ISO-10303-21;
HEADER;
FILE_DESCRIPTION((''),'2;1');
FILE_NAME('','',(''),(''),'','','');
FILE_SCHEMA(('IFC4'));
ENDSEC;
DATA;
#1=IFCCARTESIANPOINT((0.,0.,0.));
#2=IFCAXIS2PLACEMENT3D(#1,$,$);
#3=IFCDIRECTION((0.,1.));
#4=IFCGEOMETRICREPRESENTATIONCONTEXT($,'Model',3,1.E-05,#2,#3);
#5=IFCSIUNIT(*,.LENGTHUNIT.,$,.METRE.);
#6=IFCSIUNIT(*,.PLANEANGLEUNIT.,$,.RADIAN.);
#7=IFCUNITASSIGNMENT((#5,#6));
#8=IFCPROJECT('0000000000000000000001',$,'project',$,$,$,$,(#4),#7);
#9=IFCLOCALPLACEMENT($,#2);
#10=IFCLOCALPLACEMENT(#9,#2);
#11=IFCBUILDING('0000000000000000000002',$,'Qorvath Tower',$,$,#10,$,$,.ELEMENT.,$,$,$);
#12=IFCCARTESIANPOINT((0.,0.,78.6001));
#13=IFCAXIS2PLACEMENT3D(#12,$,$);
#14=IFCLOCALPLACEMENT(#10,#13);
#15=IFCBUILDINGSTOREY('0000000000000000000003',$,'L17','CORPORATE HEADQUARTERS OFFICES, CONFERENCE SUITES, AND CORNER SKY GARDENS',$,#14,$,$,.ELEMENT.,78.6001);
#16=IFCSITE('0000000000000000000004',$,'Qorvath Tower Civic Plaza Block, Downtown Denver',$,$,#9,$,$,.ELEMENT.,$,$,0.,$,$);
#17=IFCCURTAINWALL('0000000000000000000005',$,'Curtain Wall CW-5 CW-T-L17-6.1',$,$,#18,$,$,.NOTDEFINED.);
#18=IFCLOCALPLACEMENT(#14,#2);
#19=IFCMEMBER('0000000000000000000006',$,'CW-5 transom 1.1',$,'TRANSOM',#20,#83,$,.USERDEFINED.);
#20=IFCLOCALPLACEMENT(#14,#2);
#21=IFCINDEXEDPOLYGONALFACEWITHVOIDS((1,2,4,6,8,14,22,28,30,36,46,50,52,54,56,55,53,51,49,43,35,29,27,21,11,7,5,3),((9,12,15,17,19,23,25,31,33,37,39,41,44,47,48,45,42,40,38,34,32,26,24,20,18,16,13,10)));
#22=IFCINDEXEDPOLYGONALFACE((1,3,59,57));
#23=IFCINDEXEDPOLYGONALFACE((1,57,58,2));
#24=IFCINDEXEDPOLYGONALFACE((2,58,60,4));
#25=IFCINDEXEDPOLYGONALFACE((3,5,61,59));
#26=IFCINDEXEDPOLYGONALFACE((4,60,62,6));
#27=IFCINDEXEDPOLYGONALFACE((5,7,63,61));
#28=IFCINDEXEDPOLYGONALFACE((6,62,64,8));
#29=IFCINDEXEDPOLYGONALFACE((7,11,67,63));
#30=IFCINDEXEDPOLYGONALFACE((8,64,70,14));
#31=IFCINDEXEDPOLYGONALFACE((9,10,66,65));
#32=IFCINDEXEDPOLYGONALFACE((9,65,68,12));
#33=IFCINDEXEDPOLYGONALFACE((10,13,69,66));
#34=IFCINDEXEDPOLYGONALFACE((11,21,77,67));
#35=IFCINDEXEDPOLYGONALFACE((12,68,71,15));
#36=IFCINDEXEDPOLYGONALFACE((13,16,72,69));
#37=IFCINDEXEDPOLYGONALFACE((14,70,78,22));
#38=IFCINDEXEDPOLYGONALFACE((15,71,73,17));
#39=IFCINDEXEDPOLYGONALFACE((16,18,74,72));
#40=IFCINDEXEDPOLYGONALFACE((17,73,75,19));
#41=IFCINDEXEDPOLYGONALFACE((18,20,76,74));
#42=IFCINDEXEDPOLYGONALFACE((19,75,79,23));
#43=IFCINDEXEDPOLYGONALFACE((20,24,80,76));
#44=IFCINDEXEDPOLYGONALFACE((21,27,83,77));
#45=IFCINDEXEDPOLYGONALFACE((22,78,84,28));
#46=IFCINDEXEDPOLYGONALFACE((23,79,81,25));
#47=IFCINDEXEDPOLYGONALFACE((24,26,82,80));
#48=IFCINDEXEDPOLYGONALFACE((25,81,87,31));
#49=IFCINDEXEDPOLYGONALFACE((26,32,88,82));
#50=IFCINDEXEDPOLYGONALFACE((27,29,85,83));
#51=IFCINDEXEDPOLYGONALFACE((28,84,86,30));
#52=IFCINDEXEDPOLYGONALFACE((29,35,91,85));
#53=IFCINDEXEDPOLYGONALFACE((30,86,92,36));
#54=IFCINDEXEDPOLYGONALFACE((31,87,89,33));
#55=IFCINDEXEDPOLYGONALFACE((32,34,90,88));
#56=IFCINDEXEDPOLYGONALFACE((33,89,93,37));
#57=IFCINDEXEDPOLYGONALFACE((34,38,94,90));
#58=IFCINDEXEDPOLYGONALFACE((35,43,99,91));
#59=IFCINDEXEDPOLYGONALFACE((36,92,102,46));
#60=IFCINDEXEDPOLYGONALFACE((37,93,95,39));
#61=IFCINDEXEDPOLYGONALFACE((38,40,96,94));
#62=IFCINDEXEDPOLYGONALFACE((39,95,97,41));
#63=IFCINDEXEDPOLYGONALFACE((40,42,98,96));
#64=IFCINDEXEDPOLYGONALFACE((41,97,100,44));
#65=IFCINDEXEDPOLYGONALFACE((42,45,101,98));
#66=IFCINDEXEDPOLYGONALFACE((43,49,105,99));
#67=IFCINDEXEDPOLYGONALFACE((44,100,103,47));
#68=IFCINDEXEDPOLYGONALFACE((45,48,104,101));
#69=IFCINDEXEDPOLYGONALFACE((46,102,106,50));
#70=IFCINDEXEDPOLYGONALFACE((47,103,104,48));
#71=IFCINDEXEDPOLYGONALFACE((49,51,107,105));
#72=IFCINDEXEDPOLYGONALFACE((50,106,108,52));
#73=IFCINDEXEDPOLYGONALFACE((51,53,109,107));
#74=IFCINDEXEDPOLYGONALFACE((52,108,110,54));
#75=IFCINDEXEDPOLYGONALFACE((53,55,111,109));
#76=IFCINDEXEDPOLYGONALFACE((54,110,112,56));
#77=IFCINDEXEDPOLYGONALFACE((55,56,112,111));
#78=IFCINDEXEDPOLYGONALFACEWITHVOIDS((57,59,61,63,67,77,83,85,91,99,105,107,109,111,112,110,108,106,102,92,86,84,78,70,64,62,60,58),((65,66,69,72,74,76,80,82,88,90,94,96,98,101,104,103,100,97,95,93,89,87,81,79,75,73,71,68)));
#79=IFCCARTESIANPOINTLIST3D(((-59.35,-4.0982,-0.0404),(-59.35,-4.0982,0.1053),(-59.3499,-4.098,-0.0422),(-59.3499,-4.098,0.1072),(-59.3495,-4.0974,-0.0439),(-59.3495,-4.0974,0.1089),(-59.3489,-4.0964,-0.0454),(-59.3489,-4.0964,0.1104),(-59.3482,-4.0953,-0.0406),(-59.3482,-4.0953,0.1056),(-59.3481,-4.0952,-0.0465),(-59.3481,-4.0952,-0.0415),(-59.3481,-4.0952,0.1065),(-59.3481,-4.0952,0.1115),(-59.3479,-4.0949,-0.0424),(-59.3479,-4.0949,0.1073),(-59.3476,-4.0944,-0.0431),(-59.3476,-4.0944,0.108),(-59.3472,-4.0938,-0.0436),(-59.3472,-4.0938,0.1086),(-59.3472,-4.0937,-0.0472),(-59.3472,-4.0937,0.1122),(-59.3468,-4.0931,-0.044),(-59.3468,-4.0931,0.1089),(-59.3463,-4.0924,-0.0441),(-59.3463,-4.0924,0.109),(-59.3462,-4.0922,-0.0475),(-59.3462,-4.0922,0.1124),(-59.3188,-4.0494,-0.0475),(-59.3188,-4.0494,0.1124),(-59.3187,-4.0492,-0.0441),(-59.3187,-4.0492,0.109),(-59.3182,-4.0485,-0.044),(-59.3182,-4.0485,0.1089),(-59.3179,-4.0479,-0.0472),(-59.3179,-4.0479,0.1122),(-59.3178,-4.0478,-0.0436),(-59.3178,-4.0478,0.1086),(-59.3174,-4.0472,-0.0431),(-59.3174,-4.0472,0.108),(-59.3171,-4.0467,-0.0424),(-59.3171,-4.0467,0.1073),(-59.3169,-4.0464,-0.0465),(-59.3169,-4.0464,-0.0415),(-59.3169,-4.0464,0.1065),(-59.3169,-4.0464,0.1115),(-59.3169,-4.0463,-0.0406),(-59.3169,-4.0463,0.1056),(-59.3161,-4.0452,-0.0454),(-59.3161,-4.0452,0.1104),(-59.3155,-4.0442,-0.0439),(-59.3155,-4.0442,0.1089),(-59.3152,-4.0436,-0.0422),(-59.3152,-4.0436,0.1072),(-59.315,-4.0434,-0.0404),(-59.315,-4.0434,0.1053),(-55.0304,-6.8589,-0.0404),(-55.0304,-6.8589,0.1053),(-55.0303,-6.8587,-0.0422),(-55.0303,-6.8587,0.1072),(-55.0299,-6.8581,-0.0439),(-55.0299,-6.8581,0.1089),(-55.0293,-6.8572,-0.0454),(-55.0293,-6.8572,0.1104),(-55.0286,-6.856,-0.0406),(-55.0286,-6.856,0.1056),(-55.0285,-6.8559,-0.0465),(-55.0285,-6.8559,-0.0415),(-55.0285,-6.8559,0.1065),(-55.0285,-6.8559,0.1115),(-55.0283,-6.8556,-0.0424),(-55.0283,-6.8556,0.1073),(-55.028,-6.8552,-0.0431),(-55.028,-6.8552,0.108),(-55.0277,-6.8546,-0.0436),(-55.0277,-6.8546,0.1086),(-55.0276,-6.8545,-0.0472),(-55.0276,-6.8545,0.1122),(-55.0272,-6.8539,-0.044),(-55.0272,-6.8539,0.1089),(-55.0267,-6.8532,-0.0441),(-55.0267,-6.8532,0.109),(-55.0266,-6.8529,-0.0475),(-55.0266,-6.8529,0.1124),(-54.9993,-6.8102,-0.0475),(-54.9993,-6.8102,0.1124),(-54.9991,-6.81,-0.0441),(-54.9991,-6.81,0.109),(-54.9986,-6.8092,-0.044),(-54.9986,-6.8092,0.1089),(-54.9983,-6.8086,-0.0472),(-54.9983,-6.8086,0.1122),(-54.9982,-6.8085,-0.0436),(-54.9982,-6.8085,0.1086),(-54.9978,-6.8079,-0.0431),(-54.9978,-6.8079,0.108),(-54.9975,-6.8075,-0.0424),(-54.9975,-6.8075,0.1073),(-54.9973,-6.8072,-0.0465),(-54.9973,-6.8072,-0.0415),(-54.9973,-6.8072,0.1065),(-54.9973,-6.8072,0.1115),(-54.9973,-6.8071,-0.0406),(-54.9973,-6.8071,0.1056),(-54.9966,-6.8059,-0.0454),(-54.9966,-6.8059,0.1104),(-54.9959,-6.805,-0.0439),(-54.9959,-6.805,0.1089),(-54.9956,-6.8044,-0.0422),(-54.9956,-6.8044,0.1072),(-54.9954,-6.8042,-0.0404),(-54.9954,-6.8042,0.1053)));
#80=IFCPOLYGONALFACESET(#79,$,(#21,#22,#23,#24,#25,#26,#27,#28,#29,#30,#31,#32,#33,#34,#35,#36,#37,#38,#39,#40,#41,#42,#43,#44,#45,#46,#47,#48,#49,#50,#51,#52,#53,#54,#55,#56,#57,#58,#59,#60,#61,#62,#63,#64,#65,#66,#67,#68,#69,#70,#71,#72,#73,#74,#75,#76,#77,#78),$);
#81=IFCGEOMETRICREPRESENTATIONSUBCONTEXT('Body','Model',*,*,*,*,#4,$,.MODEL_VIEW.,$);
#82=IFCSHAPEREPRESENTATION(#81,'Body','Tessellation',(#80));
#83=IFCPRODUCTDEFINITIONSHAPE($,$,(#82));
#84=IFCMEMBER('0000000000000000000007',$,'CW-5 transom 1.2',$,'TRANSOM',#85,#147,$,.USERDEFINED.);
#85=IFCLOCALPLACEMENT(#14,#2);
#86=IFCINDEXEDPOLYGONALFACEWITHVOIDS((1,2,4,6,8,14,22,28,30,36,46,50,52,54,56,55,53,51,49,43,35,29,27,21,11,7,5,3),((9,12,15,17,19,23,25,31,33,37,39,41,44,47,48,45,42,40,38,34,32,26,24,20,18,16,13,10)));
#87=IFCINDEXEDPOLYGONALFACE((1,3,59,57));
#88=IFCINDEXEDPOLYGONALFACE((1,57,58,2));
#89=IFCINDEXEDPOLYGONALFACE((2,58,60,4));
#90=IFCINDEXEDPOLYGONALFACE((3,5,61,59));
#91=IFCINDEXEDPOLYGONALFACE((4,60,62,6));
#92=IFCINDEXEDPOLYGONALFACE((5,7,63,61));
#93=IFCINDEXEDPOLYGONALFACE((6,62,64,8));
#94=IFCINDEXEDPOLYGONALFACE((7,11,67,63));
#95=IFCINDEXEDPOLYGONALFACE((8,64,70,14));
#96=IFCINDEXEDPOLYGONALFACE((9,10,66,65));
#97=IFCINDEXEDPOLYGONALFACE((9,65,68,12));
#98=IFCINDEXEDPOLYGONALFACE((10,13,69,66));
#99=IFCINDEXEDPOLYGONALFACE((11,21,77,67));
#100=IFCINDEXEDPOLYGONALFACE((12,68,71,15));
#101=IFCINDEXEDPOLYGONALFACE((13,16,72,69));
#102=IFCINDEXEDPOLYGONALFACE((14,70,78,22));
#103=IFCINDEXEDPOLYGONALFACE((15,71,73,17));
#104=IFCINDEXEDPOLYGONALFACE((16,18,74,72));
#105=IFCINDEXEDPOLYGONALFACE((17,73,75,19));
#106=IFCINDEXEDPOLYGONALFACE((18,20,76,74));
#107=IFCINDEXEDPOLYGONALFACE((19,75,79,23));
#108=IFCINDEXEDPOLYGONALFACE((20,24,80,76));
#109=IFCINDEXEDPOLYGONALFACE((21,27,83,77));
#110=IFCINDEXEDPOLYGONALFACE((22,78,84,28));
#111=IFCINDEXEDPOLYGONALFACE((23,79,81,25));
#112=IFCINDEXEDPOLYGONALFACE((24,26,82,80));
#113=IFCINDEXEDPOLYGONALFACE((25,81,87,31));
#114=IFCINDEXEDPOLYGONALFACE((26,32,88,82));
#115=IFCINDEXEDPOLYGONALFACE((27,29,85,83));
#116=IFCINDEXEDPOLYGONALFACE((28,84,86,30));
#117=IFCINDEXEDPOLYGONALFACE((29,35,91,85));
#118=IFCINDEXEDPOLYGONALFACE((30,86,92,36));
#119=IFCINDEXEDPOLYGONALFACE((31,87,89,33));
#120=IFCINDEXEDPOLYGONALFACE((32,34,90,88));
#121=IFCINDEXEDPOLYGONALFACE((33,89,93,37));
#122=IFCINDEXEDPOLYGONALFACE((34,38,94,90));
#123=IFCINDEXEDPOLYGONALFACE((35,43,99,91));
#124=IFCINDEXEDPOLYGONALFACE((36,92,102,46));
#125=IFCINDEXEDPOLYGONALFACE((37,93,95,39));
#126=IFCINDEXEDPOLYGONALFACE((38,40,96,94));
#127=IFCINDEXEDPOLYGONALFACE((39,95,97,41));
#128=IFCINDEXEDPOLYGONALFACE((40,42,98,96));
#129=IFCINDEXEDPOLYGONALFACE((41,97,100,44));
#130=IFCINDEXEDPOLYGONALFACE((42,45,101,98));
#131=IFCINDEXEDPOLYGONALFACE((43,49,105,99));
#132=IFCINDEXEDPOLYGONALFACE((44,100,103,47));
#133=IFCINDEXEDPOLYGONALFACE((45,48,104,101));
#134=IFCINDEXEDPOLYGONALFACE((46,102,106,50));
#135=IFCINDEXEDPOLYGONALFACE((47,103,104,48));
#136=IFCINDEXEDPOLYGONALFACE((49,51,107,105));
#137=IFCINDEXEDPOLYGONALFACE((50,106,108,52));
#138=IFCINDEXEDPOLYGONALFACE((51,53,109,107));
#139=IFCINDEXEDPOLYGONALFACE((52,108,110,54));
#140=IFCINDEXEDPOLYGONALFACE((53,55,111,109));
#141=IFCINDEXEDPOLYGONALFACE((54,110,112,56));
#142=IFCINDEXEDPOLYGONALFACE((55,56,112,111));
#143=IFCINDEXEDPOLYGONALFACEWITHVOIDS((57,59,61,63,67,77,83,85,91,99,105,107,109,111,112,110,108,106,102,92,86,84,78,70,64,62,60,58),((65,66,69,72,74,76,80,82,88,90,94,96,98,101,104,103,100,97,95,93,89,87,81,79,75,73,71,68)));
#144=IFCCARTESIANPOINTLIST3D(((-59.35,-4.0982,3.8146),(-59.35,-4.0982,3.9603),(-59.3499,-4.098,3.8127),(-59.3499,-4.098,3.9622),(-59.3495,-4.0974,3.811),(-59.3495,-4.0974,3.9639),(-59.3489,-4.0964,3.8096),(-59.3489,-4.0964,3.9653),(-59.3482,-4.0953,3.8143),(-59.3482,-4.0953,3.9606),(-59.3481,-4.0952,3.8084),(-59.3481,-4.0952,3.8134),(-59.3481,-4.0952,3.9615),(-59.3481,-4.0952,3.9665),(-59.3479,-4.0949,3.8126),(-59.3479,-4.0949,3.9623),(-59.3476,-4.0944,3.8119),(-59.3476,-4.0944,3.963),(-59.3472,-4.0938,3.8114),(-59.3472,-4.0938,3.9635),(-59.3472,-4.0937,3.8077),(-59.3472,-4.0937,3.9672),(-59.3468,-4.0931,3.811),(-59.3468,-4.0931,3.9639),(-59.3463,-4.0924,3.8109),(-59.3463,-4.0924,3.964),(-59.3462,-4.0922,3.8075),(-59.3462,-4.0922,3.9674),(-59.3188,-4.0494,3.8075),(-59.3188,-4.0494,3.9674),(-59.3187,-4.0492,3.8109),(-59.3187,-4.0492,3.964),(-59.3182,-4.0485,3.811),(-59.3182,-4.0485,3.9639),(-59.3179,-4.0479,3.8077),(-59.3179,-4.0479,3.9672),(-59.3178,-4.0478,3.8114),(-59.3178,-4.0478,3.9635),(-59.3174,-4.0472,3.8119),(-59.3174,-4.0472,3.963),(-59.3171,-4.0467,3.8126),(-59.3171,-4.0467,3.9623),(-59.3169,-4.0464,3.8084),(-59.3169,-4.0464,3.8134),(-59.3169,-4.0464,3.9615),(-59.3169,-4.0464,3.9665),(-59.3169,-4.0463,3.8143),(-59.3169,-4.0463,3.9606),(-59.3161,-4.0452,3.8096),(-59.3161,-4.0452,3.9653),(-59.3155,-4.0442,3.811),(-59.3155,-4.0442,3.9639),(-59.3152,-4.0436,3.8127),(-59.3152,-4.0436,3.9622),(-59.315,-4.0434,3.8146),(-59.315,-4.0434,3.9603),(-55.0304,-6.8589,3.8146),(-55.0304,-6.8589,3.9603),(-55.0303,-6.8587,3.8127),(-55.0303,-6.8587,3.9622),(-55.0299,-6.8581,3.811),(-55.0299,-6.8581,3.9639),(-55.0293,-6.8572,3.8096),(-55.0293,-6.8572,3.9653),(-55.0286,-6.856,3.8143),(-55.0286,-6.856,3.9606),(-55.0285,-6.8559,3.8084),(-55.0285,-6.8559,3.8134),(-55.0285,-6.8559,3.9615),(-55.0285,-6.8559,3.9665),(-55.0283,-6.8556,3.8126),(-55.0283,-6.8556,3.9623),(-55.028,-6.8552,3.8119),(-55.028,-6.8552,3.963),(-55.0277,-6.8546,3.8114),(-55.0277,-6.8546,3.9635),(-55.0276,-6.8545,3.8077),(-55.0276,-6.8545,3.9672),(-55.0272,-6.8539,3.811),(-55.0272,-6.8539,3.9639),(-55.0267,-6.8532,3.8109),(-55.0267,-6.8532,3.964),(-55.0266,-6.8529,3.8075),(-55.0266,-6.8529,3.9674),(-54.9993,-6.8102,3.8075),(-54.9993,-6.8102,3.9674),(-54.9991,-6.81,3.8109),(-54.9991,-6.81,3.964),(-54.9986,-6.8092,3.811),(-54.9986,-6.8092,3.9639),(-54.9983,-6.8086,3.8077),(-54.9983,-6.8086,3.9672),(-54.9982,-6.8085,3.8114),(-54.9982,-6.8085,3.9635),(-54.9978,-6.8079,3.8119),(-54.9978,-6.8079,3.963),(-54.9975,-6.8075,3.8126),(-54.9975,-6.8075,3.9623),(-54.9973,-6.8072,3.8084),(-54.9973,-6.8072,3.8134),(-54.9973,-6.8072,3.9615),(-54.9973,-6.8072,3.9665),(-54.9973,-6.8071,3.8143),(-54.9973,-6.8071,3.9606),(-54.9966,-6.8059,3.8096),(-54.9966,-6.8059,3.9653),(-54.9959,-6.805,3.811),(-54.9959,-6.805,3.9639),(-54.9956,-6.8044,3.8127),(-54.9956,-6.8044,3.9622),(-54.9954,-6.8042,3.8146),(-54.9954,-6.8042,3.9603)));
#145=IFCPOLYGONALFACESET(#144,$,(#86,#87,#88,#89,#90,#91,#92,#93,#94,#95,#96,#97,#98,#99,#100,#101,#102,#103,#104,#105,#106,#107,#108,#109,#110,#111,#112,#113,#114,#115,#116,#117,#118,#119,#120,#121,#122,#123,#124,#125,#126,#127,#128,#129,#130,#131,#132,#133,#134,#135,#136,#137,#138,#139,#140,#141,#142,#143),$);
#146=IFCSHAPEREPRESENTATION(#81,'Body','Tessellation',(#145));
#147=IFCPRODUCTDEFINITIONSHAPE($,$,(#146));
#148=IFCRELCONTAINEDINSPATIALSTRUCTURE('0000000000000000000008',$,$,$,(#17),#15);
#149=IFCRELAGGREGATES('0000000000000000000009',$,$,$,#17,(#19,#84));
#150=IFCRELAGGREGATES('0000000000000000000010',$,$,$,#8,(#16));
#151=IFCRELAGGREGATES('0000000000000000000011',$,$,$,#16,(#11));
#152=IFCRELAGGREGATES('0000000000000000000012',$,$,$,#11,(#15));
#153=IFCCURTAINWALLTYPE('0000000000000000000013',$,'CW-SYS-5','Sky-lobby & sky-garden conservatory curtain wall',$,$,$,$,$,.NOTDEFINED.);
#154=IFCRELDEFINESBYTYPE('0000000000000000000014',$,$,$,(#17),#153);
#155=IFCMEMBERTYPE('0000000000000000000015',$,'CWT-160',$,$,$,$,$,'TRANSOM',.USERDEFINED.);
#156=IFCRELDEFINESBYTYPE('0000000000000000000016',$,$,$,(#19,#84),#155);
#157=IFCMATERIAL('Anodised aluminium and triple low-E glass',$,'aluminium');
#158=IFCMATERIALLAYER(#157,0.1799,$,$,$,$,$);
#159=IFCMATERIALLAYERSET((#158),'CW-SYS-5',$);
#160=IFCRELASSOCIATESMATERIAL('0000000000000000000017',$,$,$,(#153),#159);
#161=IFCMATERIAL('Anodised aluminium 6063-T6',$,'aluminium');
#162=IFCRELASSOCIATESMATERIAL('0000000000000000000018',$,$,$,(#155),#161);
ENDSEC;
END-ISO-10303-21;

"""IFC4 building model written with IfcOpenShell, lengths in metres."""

from ifc_helpers import new_model, si_unit, direction, frame, origin, origin_2d, place, context, subcontext, project, spatial, hollow_rectangle, extrude, material, layer, layer_set, material_profile, profile_set, type_object, element, aggregate, save


model = new_model("IFC4")

# Units and contexts
model_context = context("Model", 3, precision=1e-05, world=origin(), true_north=direction((0.0, 1.0)))
body_context = subcontext(model_context, "Body", "Model", "MODEL_VIEW")
ifc_project = project(units=[si_unit("LENGTHUNIT", "METRE"), si_unit("PLANEANGLEUNIT", "RADIAN")], contexts=[model_context])

# Site, building, storey
site_placement = place(None, origin())
site = spatial("IfcSite", under=ifc_project, at=site_placement, Name="Qorvath Tower Civic Plaza Block, Downtown Denver", CompositionType="ELEMENT", RefElevation=0.0)
building_placement = place(site_placement, origin())
building = spatial("IfcBuilding", under=site, at=building_placement, Name="Qorvath Tower", CompositionType="ELEMENT")
storey_placement = place(building_placement, frame((0.0, 0.0, 78.6001)))
storey = spatial("IfcBuildingStorey", under=building, at=storey_placement, Name="L17", Description="CORPORATE HEADQUARTERS OFFICES, CONFERENCE SUITES, AND CORNER SKY GARDENS", CompositionType="ELEMENT", Elevation=78.6001)

# Shared definitions
ifc_material_1 = material(Name="Anodised aluminium and triple low-E glass", Category="aluminium")
ifc_layer_1 = layer(ifc_material_1, 0.1799)
ifc_layer_set_1 = layer_set([ifc_layer_1], Name="CW-SYS-5")
curtain_wall_type = type_object("IfcCurtainWallType", Name="CW-SYS-5", Description="Sky-lobby & sky-garden conservatory curtain wall", PredefinedType="NOTDEFINED", material=ifc_layer_set_1)

# Curtain wall, members
curtain_wall_1_placement = place(storey_placement, origin())
curtain_wall_1 = element("IfcCurtainWall", 1, at=curtain_wall_1_placement, inside=storey, type_object=curtain_wall_type, Name="Curtain Wall CW-5 CW-T-L17-6.1", PredefinedType="NOTDEFINED")
ifc_material_2 = material(Name="Anodised aluminium 6063-T6", Category="aluminium")
ifc_material_profile_1 = material_profile(ifc_material_2, hollow_rectangle(XDim=0.0649, YDim=0.1599, WallThickness=0.0034, InnerFilletRadius=0.0034, OuterFilletRadius=0.0071, at=origin_2d()), Name="CWT 160x65")
ifc_profile_set_1 = profile_set([ifc_material_profile_1], Name="Anodised aluminium 6063-T6")
member_type_1 = type_object("IfcMemberType", Name="CWT-160", ElementType="TRANSOM", PredefinedType="USERDEFINED", material=ifc_profile_set_1)
member_1_placement = place(storey_placement, frame((-59.3325, -4.0708, 0.0325), z_axis=(0.842607, -0.538529, 0.0), x_axis=(0.538529, 0.842607, 0.0)))
member_1 = element("IfcMember", 2, at=member_1_placement, type_object=member_type_1, Name="CW-5 transom 1.1", ObjectType="TRANSOM", PredefinedType="USERDEFINED", context=body_context, shape_type="SweptSolid", body=[
    extrude(hollow_rectangle(XDim=0.0649, YDim=0.1599, WallThickness=0.0034, InnerFilletRadius=0.0034, OuterFilletRadius=0.0071, at=origin_2d()), origin(), (0.0, 0.0, 1.0), 5.1265),
])
member_2_placement = place(storey_placement, frame((-59.3325, -4.0708, 3.8875), z_axis=(0.842607, -0.538529, 0.0), x_axis=(0.538529, 0.842607, 0.0)))
member_2 = element("IfcMember", 3, at=member_2_placement, type_object=member_type_1, Name="CW-5 transom 1.2", ObjectType="TRANSOM", PredefinedType="USERDEFINED", context=body_context, shape_type="SweptSolid", body=[
    extrude(hollow_rectangle(XDim=0.0649, YDim=0.1599, WallThickness=0.0034, InnerFilletRadius=0.0034, OuterFilletRadius=0.0071, at=origin_2d()), origin(), (0.0, 0.0, 1.0), 5.1265),
])

aggregate(curtain_wall_1, [member_1, member_2])

save(model, "model.ifc")
